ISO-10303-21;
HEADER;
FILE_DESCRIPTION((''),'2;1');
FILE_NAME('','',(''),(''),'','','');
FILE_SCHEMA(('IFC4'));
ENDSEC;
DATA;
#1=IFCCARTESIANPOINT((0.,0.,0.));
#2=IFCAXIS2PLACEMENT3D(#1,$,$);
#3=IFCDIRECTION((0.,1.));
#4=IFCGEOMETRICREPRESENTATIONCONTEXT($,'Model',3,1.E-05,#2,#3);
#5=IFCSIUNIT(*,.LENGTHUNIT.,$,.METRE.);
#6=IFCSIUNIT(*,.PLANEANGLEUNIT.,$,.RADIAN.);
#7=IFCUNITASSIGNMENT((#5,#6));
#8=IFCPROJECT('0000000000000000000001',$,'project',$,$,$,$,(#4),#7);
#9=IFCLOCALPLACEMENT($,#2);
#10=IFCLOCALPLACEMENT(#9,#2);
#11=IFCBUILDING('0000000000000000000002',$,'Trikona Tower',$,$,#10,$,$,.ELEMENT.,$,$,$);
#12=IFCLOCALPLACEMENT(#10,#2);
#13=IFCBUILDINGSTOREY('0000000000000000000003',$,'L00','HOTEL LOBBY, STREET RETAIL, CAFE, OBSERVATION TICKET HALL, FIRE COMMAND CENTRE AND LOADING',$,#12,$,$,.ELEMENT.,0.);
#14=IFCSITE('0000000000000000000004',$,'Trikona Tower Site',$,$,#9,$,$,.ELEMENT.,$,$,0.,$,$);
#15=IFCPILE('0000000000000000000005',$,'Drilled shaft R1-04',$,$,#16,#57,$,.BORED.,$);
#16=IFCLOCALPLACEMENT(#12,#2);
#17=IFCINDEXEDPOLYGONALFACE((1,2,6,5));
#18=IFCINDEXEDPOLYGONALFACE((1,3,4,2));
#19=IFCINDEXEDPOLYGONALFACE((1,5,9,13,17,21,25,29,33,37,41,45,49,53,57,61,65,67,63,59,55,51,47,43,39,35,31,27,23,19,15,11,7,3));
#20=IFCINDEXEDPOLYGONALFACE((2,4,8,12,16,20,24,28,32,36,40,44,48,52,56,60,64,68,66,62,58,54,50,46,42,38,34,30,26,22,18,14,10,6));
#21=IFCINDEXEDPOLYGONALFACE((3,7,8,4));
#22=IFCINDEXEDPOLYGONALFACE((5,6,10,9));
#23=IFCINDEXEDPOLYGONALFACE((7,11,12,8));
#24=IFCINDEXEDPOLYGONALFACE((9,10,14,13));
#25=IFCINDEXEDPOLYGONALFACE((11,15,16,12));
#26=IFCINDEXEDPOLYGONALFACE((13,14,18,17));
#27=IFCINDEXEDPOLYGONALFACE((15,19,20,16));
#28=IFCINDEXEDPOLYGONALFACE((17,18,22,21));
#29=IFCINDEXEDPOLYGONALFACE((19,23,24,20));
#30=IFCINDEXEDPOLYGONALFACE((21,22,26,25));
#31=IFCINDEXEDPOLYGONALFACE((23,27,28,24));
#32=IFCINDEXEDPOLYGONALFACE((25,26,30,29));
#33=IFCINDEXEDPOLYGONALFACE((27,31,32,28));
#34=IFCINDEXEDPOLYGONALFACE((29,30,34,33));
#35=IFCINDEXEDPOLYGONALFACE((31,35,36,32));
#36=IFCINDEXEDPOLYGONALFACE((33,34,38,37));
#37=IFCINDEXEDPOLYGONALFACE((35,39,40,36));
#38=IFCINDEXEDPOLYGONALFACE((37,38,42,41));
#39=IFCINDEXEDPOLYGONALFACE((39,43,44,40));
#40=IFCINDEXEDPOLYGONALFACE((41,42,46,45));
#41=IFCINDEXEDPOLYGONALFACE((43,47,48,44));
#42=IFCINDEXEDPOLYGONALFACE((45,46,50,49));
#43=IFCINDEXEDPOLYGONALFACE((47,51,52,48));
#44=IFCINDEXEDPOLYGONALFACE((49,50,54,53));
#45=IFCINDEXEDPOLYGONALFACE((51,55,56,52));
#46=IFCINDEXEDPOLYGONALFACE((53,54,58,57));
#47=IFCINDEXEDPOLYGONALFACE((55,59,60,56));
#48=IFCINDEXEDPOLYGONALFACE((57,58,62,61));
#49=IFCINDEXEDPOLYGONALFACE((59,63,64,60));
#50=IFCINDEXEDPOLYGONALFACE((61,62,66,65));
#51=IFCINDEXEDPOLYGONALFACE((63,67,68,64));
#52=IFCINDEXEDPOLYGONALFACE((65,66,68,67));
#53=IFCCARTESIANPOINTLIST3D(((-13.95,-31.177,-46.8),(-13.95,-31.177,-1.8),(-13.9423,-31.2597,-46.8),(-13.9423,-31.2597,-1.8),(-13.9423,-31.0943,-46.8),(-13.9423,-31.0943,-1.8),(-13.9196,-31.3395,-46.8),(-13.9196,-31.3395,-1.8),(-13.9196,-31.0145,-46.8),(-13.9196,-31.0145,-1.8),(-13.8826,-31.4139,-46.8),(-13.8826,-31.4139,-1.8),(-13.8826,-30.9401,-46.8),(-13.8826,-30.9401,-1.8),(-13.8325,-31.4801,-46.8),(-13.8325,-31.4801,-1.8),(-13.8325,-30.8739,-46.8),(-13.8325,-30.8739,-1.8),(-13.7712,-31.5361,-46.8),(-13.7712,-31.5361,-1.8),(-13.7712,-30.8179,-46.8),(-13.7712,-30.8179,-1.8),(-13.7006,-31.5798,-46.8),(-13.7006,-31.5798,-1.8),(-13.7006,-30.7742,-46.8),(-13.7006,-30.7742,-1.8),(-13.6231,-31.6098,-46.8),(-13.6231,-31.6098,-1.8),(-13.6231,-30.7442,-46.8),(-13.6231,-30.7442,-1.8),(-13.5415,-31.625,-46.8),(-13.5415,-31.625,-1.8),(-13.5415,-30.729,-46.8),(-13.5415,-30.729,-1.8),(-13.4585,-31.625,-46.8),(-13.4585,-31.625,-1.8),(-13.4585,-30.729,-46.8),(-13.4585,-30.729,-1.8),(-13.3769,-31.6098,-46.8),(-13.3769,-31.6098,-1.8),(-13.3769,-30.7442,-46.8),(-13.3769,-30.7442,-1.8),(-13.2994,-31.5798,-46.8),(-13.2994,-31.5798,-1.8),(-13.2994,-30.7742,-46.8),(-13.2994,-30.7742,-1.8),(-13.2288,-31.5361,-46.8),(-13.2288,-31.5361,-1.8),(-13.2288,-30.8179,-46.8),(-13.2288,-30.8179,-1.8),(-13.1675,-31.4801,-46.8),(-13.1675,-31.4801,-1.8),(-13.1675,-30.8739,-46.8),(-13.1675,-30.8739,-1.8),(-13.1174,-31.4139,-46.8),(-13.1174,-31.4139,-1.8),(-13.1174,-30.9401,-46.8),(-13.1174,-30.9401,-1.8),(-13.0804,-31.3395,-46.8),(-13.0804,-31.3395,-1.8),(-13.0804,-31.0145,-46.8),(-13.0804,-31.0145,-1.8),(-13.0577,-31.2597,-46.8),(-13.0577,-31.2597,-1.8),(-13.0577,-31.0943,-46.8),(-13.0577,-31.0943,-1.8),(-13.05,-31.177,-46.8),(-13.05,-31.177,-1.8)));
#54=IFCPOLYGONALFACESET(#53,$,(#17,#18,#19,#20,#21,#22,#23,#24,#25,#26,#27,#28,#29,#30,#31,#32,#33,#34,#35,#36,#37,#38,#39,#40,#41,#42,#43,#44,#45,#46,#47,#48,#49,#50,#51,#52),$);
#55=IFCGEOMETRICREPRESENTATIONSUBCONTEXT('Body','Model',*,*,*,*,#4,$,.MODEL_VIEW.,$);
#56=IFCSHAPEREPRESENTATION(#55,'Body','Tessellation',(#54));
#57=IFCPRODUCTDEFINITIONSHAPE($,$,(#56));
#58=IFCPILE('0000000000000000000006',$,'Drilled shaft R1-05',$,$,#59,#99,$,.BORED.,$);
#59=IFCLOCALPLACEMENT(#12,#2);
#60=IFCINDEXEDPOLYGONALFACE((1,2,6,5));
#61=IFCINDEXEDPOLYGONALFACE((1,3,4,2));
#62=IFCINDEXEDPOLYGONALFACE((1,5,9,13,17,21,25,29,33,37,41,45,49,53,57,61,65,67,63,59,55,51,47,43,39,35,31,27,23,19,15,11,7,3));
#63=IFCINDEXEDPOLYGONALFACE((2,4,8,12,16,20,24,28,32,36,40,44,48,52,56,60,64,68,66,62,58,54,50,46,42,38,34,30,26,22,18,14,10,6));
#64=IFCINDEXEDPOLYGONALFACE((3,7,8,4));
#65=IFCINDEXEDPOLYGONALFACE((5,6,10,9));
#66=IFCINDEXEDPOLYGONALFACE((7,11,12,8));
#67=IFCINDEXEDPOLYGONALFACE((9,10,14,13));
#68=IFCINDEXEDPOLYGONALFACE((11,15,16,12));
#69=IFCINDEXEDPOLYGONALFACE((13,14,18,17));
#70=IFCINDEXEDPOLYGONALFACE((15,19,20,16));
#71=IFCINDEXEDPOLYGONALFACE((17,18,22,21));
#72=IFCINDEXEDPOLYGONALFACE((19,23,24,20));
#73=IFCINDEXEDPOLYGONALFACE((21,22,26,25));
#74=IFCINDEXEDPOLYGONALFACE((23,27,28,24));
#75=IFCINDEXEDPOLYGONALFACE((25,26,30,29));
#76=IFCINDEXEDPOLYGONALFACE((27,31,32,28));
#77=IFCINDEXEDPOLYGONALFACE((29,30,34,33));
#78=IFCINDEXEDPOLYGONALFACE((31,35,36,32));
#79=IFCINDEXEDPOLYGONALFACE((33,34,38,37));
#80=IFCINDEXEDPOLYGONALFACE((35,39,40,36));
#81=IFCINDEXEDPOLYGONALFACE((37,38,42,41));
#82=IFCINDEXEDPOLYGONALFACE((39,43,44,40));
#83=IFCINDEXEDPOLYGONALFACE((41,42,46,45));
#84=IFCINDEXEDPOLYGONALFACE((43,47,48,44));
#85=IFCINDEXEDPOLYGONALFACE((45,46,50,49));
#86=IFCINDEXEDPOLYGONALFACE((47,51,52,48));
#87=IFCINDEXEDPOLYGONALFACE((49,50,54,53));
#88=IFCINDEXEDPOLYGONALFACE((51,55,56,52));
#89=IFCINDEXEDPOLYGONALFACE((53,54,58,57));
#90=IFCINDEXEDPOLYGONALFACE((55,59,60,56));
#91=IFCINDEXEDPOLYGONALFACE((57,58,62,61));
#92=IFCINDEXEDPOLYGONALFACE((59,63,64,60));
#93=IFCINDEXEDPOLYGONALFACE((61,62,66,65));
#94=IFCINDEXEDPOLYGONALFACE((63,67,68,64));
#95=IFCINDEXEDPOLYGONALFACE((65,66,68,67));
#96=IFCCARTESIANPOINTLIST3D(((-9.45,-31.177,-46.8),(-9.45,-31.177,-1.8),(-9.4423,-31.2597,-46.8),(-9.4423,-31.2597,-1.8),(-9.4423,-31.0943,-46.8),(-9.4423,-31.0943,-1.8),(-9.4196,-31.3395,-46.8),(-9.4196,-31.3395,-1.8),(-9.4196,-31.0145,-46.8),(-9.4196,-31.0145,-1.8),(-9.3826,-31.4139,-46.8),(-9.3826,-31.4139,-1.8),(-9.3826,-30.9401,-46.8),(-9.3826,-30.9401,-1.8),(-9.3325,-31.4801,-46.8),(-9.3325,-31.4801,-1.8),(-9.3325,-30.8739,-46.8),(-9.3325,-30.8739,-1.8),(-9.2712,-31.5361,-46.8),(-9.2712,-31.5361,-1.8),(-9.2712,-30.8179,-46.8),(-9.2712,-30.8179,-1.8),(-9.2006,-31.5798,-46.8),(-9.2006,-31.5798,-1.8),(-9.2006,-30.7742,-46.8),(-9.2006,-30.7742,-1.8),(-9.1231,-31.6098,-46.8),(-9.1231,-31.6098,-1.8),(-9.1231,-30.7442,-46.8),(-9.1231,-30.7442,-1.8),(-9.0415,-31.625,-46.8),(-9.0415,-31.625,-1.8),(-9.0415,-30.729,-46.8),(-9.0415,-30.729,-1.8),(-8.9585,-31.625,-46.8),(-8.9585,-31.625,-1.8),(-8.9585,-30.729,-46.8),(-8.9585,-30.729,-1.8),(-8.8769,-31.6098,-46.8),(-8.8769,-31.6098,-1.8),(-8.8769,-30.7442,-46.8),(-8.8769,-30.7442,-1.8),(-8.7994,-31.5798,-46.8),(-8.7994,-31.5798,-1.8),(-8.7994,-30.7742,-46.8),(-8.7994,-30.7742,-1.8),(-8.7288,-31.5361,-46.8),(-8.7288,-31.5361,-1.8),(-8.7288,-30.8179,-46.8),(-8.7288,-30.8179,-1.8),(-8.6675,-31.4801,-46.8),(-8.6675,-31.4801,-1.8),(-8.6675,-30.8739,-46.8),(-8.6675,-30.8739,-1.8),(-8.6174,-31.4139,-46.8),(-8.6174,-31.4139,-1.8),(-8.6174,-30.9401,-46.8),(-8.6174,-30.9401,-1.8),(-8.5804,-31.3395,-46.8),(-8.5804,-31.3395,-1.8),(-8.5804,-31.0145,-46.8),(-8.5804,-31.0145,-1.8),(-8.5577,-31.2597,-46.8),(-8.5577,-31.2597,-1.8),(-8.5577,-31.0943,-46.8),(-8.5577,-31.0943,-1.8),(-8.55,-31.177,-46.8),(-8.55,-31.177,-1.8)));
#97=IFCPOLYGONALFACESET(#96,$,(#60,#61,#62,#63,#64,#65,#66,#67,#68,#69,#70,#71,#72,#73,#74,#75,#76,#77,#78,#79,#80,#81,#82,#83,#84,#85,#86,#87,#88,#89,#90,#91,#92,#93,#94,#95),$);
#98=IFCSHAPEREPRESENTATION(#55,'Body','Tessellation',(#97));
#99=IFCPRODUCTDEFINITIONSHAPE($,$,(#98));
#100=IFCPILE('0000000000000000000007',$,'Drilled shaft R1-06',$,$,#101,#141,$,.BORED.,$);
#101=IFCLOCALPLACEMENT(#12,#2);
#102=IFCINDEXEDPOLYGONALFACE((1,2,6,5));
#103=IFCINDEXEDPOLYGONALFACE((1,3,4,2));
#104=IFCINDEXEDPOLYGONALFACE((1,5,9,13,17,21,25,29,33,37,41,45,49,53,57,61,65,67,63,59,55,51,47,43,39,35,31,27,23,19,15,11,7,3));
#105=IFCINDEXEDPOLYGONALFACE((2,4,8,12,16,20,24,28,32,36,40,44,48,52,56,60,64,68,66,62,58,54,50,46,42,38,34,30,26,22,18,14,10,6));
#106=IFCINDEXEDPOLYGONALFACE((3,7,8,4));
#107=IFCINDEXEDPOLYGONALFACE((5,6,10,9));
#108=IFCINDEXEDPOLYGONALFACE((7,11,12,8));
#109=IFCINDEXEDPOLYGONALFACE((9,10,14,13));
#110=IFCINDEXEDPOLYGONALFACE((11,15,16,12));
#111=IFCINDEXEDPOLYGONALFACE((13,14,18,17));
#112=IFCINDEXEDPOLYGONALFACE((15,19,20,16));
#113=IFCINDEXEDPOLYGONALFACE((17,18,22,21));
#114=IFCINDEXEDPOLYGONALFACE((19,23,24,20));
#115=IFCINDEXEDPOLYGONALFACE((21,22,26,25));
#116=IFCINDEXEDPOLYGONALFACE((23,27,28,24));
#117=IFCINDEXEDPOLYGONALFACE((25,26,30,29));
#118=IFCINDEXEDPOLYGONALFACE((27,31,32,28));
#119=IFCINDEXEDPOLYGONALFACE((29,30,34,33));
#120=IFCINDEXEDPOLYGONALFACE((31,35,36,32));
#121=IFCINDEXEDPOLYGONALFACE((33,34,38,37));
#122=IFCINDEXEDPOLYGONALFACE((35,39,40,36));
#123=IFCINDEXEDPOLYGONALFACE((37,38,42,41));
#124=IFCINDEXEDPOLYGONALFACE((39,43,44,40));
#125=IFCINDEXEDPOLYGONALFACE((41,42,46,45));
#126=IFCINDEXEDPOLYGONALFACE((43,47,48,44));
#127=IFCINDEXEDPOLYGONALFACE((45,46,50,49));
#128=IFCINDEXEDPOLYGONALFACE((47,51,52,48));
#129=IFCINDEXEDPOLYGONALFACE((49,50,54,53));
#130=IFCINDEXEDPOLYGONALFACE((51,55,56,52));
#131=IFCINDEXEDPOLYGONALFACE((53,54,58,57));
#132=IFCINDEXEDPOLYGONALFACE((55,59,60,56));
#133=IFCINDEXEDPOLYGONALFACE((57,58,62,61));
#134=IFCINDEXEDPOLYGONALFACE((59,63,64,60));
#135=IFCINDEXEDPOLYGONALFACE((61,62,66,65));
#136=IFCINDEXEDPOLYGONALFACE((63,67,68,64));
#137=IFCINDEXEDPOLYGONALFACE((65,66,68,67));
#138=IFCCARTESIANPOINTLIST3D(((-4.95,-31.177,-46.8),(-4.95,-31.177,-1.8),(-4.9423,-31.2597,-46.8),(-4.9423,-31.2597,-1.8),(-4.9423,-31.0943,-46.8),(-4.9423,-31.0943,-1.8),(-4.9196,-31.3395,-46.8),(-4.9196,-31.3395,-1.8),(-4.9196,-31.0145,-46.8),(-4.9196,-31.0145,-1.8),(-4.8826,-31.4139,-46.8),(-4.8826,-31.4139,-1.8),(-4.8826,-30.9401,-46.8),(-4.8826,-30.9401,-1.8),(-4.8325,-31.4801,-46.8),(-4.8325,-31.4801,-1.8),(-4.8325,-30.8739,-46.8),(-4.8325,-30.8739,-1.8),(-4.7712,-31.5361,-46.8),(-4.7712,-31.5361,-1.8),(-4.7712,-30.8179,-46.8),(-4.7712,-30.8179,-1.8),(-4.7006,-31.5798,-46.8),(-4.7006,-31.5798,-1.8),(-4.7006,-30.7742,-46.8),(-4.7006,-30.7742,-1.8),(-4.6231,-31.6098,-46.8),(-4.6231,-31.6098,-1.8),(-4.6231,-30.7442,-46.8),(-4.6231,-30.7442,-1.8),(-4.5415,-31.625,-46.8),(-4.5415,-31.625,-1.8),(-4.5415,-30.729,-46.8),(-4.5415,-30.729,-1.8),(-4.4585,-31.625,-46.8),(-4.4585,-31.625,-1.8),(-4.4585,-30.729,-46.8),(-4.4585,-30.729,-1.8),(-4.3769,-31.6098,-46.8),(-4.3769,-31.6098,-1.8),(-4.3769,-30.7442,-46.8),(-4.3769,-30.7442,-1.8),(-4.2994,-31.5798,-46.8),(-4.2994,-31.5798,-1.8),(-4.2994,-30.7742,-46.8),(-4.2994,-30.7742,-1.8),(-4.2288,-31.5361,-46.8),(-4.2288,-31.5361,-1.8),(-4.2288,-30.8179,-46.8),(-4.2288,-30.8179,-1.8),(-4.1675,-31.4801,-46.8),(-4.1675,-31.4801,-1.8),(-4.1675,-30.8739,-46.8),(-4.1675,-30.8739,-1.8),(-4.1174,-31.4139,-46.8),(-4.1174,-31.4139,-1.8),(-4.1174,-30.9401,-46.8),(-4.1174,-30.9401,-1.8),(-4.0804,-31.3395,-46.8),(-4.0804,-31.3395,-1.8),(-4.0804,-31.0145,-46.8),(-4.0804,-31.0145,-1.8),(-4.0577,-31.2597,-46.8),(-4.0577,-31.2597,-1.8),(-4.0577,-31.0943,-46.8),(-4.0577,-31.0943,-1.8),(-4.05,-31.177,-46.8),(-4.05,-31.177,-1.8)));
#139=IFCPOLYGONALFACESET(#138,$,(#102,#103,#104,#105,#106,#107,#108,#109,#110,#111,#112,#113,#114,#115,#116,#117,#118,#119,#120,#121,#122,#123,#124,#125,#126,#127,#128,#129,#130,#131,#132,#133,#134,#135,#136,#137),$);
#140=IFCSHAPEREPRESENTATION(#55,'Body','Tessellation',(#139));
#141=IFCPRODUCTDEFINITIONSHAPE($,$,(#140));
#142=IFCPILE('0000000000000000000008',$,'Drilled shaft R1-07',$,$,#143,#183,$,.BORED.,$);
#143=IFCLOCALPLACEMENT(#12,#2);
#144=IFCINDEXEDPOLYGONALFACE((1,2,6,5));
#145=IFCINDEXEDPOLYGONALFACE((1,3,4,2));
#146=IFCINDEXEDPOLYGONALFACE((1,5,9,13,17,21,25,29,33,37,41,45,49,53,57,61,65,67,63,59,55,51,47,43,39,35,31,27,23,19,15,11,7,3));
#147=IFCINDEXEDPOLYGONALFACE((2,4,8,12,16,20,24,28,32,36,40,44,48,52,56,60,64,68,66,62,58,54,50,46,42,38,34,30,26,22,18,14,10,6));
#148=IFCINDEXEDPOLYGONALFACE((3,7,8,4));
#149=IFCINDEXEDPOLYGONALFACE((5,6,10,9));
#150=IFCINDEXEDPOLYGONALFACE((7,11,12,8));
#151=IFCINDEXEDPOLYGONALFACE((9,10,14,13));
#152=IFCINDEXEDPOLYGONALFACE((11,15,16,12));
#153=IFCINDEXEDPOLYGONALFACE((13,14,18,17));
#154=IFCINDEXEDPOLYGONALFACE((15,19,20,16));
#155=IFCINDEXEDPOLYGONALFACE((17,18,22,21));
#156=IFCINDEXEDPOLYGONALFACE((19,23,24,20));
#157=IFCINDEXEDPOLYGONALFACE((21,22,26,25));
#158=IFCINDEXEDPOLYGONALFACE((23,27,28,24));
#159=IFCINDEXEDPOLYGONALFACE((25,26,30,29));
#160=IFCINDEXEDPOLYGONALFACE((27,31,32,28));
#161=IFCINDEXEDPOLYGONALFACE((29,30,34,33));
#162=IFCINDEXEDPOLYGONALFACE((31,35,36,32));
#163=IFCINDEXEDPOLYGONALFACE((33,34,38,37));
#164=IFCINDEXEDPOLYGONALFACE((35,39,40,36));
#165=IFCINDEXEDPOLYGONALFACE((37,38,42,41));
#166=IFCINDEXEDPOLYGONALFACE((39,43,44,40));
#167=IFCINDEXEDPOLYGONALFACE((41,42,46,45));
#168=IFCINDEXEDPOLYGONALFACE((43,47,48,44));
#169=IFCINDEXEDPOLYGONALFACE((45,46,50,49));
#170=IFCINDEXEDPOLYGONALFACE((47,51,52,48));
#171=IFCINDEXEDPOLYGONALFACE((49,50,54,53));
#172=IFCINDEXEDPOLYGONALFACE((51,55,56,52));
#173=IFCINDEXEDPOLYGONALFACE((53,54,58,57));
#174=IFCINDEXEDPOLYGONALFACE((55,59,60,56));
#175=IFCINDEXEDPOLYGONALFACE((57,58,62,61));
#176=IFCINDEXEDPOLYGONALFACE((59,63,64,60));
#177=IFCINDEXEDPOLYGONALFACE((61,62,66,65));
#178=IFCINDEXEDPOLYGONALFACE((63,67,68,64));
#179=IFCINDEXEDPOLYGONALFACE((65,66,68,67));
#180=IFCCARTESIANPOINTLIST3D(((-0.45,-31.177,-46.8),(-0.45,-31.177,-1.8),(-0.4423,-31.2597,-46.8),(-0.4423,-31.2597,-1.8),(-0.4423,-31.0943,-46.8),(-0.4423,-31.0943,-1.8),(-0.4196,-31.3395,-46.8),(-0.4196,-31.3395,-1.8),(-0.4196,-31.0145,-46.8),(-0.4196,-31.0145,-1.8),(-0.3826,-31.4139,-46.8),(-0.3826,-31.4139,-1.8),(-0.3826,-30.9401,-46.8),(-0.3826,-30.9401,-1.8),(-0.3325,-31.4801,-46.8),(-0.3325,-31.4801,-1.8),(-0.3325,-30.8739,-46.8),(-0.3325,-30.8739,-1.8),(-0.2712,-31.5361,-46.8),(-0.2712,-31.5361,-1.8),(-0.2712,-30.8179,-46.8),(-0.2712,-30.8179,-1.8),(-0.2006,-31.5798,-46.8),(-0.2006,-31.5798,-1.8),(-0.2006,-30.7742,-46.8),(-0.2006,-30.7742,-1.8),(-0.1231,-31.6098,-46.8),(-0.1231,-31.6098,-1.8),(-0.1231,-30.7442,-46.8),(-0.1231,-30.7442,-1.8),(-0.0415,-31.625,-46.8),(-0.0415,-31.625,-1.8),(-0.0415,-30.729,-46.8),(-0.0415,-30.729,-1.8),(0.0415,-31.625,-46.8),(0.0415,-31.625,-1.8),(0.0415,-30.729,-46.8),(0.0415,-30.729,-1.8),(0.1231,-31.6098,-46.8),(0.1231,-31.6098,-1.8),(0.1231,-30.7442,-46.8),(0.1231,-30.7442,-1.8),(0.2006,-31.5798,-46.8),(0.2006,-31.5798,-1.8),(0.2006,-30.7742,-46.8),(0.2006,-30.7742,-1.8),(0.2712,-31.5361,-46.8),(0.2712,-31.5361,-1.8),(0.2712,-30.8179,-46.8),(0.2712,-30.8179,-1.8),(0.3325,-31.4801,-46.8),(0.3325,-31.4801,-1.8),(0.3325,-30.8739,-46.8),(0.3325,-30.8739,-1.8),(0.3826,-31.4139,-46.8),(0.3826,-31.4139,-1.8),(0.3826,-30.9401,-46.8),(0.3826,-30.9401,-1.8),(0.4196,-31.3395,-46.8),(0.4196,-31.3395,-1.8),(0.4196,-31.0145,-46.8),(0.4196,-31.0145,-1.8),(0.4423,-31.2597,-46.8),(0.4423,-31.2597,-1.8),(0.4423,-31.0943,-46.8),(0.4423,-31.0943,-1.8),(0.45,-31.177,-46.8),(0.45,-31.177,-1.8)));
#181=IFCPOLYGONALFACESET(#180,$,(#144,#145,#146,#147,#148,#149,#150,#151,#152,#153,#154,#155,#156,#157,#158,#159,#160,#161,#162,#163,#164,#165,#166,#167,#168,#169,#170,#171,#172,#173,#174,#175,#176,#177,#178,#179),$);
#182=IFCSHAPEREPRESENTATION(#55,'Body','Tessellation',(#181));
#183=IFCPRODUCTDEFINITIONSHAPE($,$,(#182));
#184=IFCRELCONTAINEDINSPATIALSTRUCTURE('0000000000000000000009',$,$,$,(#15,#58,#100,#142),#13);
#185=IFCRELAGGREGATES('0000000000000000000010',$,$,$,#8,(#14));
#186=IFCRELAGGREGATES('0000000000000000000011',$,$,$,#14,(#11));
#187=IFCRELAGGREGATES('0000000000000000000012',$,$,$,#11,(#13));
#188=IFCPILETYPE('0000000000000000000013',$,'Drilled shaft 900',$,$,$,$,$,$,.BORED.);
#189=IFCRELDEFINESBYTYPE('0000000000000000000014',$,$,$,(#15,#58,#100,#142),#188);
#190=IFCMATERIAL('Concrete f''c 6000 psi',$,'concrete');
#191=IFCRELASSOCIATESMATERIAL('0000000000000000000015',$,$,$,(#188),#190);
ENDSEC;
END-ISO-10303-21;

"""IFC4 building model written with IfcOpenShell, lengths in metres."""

from ifc_helpers import new_model, si_unit, direction, frame, origin, origin_2d, place, context, subcontext, project, spatial, circle, extrude, material, type_object, element, save


model = new_model("IFC4")

# Units and contexts
model_context = context("Model", 3, precision=1e-05, world=origin(), true_north=direction((0.0, 1.0)))
body_context = subcontext(model_context, "Body", "Model", "MODEL_VIEW")
ifc_project = project(units=[si_unit("LENGTHUNIT", "METRE"), si_unit("PLANEANGLEUNIT", "RADIAN")], contexts=[model_context])

# Site, building, storey
site_placement = place(None, origin())
site = spatial("IfcSite", under=ifc_project, at=site_placement, Name="Trikona Tower Site", CompositionType="ELEMENT", RefElevation=0.0)
building_placement = place(site_placement, origin())
building = spatial("IfcBuilding", under=site, at=building_placement, Name="Trikona Tower", CompositionType="ELEMENT")
storey_placement = place(building_placement, origin())
storey = spatial("IfcBuildingStorey", under=building, at=storey_placement, Name="L00", Description="HOTEL LOBBY, STREET RETAIL, CAFE, OBSERVATION TICKET HALL, FIRE COMMAND CENTRE AND LOADING", CompositionType="ELEMENT", Elevation=0.0)

# Piles
ifc_material_1 = material(Name="Concrete f'c 6000 psi", Category="concrete")
pile_type = type_object("IfcPileType", Name="Drilled shaft 900", PredefinedType="BORED", material=ifc_material_1)
for number, where, z_axis, x_axis, name in (
    (1, (-13.5, -31.177, -1.8), (0.0, 0.0, -1.0), (1.0, 0.0, 0.0), "Drilled shaft R1-04"),
    (2, (-9.0, -31.177, -1.8), (0.0, 0.0, -1.0), (1.0, 0.0, 0.0), "Drilled shaft R1-05"),
    (3, (-4.5, -31.177, -1.8), (0.0, 0.0, -1.0), (1.0, 0.0, 0.0), "Drilled shaft R1-06"),
    (4, (0.0, -31.177, -1.8), (0.0, 0.0, -1.0), (1.0, 0.0, 0.0), "Drilled shaft R1-07"),
):
    element("IfcPile", number, at=place(storey_placement, frame(where, z_axis=z_axis, x_axis=x_axis)), inside=storey, type_object=pile_type, Name=name, PredefinedType="BORED", context=body_context, shape_type="SweptSolid", body=[
        extrude(circle(Radius=0.45, at=origin_2d()), origin(), (0.0, 0.0, 1.0), 45.0),
    ])

save(model, "model.ifc")
